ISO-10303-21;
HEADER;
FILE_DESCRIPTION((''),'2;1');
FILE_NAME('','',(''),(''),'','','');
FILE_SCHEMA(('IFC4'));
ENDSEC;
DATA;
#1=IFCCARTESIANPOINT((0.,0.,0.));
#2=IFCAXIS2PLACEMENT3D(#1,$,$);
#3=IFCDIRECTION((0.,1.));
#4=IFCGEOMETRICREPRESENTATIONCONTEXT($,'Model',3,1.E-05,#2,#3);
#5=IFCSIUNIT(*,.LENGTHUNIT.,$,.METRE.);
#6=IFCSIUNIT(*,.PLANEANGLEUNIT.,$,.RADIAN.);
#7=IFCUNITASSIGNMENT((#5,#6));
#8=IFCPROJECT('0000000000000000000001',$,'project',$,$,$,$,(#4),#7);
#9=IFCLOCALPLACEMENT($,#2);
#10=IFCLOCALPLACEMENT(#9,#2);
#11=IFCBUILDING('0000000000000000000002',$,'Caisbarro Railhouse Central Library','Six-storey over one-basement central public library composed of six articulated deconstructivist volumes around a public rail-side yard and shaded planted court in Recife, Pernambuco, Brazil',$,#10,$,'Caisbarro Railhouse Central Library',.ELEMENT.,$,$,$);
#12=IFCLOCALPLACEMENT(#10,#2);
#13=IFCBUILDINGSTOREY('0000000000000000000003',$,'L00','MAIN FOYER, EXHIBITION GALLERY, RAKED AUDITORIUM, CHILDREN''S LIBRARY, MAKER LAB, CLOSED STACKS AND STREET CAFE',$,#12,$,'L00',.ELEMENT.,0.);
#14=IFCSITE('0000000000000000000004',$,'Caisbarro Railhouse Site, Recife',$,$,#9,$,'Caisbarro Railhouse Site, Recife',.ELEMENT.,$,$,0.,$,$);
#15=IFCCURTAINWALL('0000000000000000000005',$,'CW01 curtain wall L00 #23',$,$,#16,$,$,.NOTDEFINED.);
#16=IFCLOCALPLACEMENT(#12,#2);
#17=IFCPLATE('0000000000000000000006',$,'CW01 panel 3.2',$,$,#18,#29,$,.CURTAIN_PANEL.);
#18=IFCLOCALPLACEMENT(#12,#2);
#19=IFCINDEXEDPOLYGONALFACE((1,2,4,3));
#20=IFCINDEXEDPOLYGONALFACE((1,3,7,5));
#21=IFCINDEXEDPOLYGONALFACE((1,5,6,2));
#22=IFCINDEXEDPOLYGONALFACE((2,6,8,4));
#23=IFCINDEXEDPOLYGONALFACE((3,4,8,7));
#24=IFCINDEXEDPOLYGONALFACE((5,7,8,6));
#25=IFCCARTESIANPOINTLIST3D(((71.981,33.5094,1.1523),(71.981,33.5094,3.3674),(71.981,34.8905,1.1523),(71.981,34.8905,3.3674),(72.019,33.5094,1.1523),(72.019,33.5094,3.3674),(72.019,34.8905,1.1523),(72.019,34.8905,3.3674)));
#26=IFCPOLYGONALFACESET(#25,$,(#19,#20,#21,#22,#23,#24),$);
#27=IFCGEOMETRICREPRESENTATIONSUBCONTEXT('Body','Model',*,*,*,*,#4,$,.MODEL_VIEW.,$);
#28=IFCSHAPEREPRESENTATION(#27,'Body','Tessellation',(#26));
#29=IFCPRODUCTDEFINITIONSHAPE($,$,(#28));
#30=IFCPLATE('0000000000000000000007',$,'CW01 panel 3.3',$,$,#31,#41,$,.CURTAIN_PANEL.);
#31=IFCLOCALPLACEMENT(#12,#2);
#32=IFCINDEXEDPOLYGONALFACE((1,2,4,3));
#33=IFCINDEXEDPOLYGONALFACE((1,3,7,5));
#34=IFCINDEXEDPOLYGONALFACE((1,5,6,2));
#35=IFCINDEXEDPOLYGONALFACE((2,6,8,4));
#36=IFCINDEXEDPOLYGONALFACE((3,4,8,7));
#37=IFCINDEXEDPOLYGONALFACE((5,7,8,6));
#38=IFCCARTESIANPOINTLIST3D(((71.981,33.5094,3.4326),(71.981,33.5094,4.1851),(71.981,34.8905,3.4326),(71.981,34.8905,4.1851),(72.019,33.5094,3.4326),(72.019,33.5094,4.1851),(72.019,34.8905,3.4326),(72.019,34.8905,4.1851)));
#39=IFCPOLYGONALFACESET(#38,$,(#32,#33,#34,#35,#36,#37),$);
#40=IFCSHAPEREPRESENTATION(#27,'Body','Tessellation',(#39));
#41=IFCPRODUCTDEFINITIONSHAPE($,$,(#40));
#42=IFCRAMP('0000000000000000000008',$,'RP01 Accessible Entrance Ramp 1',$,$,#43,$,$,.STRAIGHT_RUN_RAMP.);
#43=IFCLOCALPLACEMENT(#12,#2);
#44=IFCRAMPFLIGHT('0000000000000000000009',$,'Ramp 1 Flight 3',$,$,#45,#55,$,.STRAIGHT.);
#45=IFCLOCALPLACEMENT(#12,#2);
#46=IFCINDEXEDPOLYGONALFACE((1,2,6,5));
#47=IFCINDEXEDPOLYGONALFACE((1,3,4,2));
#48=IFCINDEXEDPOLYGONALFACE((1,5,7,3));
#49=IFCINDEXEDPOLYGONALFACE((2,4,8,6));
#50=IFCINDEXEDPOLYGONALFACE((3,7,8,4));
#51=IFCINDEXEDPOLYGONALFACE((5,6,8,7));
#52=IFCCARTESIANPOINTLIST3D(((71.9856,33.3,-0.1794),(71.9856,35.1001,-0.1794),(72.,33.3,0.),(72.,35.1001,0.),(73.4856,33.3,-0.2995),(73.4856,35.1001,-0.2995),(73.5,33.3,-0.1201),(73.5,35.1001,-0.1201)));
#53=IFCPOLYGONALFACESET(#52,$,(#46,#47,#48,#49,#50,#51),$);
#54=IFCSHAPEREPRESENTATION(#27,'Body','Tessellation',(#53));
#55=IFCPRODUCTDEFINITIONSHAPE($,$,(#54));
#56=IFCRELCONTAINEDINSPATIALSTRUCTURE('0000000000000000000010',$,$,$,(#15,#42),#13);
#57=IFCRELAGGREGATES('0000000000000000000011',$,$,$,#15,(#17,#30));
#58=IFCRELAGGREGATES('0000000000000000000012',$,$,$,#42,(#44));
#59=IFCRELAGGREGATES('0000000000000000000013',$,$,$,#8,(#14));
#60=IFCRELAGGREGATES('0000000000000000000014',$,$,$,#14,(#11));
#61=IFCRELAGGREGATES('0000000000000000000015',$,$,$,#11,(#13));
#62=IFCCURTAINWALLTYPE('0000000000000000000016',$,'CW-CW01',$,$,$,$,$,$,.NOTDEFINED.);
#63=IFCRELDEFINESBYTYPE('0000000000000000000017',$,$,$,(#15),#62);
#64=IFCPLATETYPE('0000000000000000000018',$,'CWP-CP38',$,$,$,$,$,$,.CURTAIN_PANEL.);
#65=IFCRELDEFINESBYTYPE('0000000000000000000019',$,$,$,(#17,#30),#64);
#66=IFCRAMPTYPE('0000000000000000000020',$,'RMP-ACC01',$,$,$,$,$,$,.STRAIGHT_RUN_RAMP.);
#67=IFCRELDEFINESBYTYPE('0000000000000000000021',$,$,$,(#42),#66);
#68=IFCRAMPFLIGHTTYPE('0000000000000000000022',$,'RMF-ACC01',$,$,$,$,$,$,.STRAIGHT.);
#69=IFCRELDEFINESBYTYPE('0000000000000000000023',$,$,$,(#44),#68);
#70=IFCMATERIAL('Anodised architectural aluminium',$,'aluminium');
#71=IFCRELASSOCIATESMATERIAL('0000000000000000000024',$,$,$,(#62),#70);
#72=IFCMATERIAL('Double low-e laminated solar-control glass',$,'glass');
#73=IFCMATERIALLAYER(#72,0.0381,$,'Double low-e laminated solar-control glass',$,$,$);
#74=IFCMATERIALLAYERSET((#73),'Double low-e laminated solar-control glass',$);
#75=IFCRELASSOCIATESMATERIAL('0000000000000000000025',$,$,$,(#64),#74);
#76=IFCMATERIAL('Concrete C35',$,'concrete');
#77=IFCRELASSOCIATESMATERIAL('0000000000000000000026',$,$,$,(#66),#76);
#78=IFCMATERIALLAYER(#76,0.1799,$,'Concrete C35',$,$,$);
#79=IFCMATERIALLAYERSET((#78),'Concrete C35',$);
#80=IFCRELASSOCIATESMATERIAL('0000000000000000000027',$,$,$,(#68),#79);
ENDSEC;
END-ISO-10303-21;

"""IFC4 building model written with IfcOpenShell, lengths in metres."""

from ifc_helpers import new_model, si_unit, direction, frame, origin, origin_2d, place, context, subcontext, project, spatial, polyline, rectangle, outline, extrude, material, layer, layer_set, type_object, element, aggregate, save


model = new_model("IFC4")

# Units and contexts
model_context = context("Model", 3, precision=1e-05, world=origin(), true_north=direction((0.0, 1.0)))
body_context = subcontext(model_context, "Body", "Model", "MODEL_VIEW")
ifc_project = project(units=[si_unit("LENGTHUNIT", "METRE"), si_unit("PLANEANGLEUNIT", "RADIAN")], contexts=[model_context])

# Site, building, storey
site_placement = place(None, origin())
site = spatial("IfcSite", under=ifc_project, at=site_placement, Name="Caisbarro Railhouse Site, Recife", LongName="Caisbarro Railhouse Site, Recife", CompositionType="ELEMENT", RefElevation=0.0)
building_placement = place(site_placement, origin())
building = spatial("IfcBuilding", under=site, at=building_placement, Name="Caisbarro Railhouse Central Library", Description="Six-storey over one-basement central public library composed of six articulated deconstructivist volumes around a public rail-side yard and shaded planted court in Recife, Pernambuco, Brazil", LongName="Caisbarro Railhouse Central Library", CompositionType="ELEMENT")
storey_placement = place(building_placement, origin())
storey = spatial("IfcBuildingStorey", under=building, at=storey_placement, Name="L00", Description="MAIN FOYER, EXHIBITION GALLERY, RAKED AUDITORIUM, CHILDREN'S LIBRARY, MAKER LAB, CLOSED STACKS AND STREET CAFE", LongName="L00", CompositionType="ELEMENT", Elevation=0.0)

# Curtain wall, plates
ifc_material_1 = material(Name="Anodised architectural aluminium", Category="aluminium")
curtain_wall_type = type_object("IfcCurtainWallType", Name="CW-CW01", PredefinedType="NOTDEFINED", material=ifc_material_1)
curtain_wall_placement = place(storey_placement, origin())
curtain_wall = element("IfcCurtainWall", 1, at=curtain_wall_placement, inside=storey, type_object=curtain_wall_type, Name="CW01 curtain wall L00 #23", PredefinedType="NOTDEFINED")
ifc_material_2 = material(Name="Double low-e laminated solar-control glass", Category="glass")
ifc_layer_1 = layer(ifc_material_2, 0.0381, Name="Double low-e laminated solar-control glass")
ifc_layer_set_1 = layer_set([ifc_layer_1], Name="Double low-e laminated solar-control glass")
plate_type = type_object("IfcPlateType", Name="CWP-CP38", PredefinedType="CURTAIN_PANEL", material=ifc_layer_set_1)
plate_1_placement = place(storey_placement, frame((72.0, 34.2, 1.1523), z_axis=(0.0, 0.0, 1.0), x_axis=(0.0, 1.0, 0.0)))
plate_1 = element("IfcPlate", 2, at=plate_1_placement, type_object=plate_type, Name="CW01 panel 3.2", PredefinedType="CURTAIN_PANEL", context=body_context, shape_type="SweptSolid", body=[
    extrude(rectangle(XDim=1.3811, YDim=0.0381, at=origin_2d()), origin(), (0.0, 0.0, 1.0), 2.2151),
])
plate_2_placement = place(storey_placement, frame((72.0, 34.2, 3.4326), z_axis=(0.0, 0.0, 1.0), x_axis=(0.0, 1.0, 0.0)))
plate_2 = element("IfcPlate", 3, at=plate_2_placement, type_object=plate_type, Name="CW01 panel 3.3", PredefinedType="CURTAIN_PANEL", context=body_context, shape_type="SweptSolid", body=[
    extrude(rectangle(XDim=1.3811, YDim=0.0381, at=origin_2d()), origin(), (0.0, 0.0, 1.0), 0.7524),
])
aggregate(curtain_wall, [plate_1, plate_2])

# Ramp, ramp flight
ifc_material_3 = material(Name="Concrete C35", Category="concrete")
ramp_type = type_object("IfcRampType", Name="RMP-ACC01", PredefinedType="STRAIGHT_RUN_RAMP", material=ifc_material_3)
ramp_placement = place(storey_placement, origin())
ramp = element("IfcRamp", 4, at=ramp_placement, inside=storey, type_object=ramp_type, Name="RP01 Accessible Entrance Ramp 1", PredefinedType="STRAIGHT_RUN_RAMP")
ifc_layer_2 = layer(ifc_material_3, 0.1799, Name="Concrete C35")
ifc_layer_set_2 = layer_set([ifc_layer_2], Name="Concrete C35")
ramp_flight_type = type_object("IfcRampFlightType", Name="RMF-ACC01", PredefinedType="STRAIGHT", material=ifc_layer_set_2)
ramp_flight_placement = place(storey_placement, frame((72.0, 33.3, 0.0), z_axis=(0.079823, 0.0, 0.996809), x_axis=(0.996809, 0.0, -0.079823)))
ramp_flight = element("IfcRampFlight", 5, at=ramp_flight_placement, type_object=ramp_flight_type, Name="Ramp 1 Flight 3", PredefinedType="STRAIGHT", context=body_context, shape_type="SweptSolid", body=[
    extrude(outline(polyline([(0.0, 0.0), (1.5048, 0.0), (1.5048, 1.8), (0.0, 1.8), (0.0, 0.0)])), origin(), (0.0, 0.0, -1.0), 0.1799),
])
aggregate(ramp, [ramp_flight])

save(model, "model.ifc")
